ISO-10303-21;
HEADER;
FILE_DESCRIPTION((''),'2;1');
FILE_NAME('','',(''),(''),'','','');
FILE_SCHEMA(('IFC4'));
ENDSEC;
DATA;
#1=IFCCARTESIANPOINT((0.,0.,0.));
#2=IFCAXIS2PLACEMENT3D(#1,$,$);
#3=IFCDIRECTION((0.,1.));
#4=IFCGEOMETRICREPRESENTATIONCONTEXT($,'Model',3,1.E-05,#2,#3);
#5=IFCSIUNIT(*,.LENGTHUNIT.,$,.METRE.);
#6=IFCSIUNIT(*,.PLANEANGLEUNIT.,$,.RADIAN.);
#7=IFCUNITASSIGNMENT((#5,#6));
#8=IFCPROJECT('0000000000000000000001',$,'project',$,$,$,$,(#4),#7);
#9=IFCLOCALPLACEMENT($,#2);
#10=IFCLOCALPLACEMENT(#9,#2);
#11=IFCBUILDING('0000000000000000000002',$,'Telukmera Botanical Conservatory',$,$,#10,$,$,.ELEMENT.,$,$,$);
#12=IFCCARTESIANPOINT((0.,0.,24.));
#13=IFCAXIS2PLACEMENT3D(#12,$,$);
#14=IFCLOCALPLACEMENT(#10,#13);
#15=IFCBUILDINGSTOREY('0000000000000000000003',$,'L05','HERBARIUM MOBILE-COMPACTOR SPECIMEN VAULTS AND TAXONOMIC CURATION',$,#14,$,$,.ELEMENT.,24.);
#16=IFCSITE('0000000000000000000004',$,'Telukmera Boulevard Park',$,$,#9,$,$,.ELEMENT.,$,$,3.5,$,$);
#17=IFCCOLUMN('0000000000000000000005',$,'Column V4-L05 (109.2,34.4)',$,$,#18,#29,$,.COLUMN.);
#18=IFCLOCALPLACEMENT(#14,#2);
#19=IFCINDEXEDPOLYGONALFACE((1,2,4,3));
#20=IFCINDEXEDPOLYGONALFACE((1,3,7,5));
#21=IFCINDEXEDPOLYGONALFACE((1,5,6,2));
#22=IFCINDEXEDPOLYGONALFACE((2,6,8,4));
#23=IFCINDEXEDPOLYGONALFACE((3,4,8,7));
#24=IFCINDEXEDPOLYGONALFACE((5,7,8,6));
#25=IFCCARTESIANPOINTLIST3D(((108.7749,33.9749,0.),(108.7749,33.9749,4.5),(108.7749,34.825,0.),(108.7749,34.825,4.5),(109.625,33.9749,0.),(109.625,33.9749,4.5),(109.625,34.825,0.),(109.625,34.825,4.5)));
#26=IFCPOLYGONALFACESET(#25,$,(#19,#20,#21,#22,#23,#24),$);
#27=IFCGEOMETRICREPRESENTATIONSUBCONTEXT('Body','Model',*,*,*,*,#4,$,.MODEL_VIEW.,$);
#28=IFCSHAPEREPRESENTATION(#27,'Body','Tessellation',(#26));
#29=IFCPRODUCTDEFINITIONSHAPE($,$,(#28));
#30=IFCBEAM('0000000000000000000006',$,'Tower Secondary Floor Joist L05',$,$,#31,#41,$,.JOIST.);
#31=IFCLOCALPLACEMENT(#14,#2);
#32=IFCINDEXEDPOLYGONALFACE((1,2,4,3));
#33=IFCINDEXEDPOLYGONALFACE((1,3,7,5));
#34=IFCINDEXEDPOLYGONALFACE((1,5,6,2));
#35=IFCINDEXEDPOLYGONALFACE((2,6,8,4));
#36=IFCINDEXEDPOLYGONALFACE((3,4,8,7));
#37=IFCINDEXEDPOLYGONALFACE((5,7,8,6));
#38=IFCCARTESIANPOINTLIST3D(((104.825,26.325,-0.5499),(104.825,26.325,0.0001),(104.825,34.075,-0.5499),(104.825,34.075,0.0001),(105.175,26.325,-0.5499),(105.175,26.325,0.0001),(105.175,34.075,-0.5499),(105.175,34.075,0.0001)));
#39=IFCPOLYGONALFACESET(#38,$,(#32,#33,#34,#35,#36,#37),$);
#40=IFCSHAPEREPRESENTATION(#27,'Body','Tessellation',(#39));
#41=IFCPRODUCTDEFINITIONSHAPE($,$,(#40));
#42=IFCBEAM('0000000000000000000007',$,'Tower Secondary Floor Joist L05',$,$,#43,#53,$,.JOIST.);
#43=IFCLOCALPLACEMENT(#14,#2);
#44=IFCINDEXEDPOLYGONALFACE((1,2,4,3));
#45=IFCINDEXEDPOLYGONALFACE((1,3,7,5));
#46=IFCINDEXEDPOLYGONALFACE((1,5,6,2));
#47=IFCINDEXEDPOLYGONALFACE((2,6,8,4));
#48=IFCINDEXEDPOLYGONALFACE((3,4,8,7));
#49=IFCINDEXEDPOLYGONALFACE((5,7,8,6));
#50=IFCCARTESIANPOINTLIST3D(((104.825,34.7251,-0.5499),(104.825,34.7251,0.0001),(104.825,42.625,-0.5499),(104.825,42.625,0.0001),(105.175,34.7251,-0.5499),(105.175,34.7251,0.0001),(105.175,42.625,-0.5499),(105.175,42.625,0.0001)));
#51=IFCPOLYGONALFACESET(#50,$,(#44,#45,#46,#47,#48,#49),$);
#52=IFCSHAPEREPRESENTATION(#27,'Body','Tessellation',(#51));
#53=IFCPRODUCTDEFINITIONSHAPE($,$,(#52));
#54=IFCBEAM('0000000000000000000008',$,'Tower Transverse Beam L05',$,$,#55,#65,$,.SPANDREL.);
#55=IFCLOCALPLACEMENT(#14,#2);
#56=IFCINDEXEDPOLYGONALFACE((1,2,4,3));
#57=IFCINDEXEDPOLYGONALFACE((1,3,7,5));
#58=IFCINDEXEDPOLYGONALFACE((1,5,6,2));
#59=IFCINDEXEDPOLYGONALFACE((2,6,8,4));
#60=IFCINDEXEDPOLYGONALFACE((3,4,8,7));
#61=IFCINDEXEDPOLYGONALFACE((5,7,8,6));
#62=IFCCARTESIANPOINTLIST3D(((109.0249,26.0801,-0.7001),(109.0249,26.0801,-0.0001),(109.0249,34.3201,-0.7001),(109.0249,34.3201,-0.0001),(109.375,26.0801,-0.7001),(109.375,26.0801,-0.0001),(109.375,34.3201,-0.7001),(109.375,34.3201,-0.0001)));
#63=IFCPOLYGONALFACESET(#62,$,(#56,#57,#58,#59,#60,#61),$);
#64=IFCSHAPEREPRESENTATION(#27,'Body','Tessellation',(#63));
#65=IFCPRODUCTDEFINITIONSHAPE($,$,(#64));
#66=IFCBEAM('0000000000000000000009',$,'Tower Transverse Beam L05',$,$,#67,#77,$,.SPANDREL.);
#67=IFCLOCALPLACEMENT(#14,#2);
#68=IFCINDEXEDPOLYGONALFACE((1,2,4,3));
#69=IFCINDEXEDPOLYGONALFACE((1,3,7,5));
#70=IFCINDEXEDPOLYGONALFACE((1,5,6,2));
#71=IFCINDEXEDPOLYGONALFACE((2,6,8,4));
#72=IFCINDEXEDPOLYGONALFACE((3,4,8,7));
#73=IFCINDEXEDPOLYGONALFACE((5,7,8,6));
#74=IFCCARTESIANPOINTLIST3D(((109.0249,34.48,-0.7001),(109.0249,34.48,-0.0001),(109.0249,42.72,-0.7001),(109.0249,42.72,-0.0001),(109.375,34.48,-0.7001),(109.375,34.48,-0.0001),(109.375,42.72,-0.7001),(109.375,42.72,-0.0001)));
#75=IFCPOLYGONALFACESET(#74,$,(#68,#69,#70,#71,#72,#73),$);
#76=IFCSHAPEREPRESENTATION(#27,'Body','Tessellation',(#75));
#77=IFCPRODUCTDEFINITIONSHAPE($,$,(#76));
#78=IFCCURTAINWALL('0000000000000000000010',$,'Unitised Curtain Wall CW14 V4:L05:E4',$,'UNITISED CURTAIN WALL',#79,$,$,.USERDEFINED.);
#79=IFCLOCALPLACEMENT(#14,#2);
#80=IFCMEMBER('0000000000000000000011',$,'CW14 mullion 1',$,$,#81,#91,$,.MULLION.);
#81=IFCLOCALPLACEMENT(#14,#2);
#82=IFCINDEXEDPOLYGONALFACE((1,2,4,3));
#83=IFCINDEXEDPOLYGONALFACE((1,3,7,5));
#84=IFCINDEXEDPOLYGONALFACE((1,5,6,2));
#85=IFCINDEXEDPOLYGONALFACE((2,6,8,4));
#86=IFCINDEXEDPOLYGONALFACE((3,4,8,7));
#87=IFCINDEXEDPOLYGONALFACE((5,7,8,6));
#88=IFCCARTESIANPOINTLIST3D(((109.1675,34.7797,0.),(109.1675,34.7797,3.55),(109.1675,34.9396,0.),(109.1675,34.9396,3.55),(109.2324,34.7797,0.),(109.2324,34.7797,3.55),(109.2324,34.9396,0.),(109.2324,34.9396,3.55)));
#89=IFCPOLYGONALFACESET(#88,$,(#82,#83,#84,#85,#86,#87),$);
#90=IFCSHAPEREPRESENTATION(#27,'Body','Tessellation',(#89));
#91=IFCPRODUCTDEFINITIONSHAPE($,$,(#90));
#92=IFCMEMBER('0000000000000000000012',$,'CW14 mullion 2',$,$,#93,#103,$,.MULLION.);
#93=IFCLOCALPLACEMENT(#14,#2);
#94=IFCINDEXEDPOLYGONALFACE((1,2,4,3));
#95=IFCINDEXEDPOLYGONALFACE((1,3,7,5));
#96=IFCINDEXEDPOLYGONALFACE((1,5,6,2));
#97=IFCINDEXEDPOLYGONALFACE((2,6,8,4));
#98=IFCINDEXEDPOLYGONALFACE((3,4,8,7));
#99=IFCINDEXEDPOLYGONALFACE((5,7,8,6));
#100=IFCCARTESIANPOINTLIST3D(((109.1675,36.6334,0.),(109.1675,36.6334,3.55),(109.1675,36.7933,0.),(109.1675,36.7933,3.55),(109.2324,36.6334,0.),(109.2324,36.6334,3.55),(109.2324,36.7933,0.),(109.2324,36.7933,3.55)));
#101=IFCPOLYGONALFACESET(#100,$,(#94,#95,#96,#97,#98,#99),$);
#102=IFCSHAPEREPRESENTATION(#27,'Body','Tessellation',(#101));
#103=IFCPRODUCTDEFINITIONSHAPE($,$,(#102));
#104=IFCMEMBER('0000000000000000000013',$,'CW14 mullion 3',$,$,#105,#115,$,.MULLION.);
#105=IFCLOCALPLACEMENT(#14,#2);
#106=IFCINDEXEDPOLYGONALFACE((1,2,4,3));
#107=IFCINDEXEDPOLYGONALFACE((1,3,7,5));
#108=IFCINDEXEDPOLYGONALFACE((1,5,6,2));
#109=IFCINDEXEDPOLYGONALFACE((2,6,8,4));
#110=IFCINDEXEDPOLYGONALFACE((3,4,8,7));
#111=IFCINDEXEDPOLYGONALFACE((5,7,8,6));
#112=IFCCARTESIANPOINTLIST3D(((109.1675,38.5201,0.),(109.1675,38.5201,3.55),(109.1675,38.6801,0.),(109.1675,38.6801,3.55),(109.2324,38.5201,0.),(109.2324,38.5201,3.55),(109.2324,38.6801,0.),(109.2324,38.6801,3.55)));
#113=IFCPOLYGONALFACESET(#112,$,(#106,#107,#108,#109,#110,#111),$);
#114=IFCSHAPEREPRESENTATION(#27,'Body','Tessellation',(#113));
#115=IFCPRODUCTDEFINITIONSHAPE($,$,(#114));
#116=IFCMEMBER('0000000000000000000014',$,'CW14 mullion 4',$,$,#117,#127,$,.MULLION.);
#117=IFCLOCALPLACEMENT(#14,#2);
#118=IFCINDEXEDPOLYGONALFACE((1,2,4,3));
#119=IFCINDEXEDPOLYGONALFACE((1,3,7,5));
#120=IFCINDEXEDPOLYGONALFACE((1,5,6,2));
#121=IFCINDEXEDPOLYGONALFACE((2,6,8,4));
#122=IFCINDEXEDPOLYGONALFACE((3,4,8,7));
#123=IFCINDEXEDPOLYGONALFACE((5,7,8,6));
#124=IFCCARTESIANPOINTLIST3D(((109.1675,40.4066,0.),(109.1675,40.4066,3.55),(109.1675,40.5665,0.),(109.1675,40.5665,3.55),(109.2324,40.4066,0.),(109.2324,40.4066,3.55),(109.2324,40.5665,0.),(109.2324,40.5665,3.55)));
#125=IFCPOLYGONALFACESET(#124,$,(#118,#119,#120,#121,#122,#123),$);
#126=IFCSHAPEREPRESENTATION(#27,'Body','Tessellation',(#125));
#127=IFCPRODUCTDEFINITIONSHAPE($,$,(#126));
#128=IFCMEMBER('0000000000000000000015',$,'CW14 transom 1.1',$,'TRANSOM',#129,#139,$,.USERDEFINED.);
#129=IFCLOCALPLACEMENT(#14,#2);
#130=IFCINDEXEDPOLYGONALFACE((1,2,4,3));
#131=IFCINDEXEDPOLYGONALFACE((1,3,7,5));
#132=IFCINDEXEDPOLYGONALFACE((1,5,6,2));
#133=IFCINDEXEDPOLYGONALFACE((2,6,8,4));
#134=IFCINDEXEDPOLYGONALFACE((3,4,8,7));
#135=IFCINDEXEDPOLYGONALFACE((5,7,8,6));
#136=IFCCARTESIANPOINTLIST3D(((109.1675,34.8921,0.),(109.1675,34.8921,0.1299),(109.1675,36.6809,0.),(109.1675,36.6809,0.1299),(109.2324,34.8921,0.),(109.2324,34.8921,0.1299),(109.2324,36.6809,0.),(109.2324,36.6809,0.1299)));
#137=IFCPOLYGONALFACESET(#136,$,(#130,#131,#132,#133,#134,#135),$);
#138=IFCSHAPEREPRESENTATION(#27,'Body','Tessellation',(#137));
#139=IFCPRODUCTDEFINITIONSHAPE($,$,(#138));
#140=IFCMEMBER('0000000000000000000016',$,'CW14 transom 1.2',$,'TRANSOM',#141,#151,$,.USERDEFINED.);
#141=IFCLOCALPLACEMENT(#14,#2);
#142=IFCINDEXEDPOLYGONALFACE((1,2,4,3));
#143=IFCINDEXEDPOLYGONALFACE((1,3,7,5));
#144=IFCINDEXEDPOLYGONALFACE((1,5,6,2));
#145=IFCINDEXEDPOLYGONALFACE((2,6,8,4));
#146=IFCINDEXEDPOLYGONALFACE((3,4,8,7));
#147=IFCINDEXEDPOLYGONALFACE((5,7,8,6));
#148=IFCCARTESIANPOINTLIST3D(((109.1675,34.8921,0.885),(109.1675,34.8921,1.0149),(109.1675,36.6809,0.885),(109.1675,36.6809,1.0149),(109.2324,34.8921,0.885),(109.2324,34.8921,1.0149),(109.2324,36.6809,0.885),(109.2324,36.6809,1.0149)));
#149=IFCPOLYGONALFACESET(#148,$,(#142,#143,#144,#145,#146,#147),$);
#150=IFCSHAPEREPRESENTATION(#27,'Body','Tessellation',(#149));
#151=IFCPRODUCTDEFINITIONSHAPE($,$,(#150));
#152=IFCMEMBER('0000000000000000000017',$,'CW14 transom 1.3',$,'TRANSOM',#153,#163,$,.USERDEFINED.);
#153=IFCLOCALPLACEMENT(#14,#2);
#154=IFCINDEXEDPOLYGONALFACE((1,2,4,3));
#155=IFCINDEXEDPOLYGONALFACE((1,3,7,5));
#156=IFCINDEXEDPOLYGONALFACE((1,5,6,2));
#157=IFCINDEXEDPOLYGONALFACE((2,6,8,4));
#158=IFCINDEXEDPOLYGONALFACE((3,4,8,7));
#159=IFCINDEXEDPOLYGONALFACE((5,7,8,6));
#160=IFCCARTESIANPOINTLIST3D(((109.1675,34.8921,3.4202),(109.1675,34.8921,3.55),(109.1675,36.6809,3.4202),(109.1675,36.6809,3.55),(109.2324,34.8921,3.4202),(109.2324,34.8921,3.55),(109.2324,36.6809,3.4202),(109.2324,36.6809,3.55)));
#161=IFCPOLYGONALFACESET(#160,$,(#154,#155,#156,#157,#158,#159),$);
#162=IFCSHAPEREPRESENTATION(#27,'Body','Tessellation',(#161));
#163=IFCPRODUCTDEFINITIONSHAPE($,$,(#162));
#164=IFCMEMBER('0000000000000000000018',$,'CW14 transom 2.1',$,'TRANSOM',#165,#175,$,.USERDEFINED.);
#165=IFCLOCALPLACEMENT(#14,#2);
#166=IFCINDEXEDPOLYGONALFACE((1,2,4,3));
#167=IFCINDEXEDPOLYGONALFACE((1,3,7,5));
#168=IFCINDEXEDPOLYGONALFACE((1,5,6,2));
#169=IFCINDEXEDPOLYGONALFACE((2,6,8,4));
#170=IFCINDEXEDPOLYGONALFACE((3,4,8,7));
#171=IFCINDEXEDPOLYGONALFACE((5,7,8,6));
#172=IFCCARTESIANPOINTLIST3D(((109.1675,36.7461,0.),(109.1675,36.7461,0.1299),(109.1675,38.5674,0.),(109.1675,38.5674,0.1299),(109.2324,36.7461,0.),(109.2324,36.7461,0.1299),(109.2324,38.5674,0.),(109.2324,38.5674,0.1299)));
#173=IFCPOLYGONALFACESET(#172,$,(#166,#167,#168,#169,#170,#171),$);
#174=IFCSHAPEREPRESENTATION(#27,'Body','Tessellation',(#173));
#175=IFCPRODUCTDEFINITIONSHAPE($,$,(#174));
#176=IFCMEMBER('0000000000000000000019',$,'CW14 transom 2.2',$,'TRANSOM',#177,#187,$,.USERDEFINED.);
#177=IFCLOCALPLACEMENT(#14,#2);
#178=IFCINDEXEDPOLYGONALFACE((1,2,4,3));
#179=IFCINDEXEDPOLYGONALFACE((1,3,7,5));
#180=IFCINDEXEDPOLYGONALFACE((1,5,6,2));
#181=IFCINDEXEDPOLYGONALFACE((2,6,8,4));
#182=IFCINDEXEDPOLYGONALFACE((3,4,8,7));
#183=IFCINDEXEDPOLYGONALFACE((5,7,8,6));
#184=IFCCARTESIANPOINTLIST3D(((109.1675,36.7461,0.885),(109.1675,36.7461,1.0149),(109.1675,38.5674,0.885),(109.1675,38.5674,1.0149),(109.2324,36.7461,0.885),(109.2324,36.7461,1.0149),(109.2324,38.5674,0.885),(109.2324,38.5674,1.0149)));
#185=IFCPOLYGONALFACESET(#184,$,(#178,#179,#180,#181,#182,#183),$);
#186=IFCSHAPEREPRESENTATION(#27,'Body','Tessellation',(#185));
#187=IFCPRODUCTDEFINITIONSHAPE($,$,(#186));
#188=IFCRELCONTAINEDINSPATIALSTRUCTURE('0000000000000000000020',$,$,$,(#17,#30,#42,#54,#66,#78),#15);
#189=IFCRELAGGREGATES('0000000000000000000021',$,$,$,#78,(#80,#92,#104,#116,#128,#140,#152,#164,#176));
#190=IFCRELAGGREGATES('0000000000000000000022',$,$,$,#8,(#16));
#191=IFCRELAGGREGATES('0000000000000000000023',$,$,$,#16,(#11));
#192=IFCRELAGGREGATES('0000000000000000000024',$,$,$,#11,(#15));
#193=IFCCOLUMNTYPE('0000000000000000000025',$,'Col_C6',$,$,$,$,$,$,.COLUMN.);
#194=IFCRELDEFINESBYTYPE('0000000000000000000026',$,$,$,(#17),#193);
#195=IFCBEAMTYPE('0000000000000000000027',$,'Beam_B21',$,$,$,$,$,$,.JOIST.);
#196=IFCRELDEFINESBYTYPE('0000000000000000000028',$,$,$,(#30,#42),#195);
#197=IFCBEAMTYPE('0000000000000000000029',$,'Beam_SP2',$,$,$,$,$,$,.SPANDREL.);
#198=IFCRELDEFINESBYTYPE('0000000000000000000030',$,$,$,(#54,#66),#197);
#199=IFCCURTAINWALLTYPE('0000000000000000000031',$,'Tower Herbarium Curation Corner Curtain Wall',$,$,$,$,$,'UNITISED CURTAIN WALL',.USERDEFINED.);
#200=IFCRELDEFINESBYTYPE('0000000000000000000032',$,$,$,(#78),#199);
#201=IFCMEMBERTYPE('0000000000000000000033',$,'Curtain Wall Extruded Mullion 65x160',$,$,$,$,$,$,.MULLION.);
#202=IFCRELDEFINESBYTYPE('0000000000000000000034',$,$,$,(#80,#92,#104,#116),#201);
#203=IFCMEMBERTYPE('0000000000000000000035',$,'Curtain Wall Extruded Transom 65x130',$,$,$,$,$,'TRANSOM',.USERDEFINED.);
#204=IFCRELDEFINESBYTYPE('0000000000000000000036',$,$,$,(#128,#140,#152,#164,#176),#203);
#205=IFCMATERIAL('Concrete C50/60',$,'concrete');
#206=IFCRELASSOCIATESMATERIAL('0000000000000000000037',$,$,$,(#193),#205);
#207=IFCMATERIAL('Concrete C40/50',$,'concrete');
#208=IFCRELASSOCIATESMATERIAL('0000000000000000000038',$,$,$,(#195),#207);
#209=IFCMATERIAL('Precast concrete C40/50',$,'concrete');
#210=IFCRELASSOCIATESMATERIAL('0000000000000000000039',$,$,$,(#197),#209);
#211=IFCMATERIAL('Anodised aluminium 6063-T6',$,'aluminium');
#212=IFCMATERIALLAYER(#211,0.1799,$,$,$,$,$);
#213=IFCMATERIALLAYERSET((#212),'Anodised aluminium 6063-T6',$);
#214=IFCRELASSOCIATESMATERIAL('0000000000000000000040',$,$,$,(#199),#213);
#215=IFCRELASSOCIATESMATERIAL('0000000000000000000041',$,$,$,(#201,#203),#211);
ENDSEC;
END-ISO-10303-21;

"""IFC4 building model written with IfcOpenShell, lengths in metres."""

from ifc_helpers import new_model, si_unit, direction, frame, origin, origin_2d, place, context, subcontext, project, spatial, rectangle, extrude, material, layer, layer_set, material_profile, profile_set, type_object, element, aggregate, save


model = new_model("IFC4")

# Units and contexts
model_context = context("Model", 3, precision=1e-05, world=origin(), true_north=direction((0.0, 1.0)))
body_context = subcontext(model_context, "Body", "Model", "MODEL_VIEW")
ifc_project = project(units=[si_unit("LENGTHUNIT", "METRE"), si_unit("PLANEANGLEUNIT", "RADIAN")], contexts=[model_context])

# Site, building, storey
site_placement = place(None, origin())
site = spatial("IfcSite", under=ifc_project, at=site_placement, Name="Telukmera Boulevard Park", CompositionType="ELEMENT", RefElevation=3.5)
building_placement = place(site_placement, origin())
building = spatial("IfcBuilding", under=site, at=building_placement, Name="Telukmera Botanical Conservatory", CompositionType="ELEMENT")
storey_placement = place(building_placement, frame((0.0, 0.0, 24.0)))
storey = spatial("IfcBuildingStorey", under=building, at=storey_placement, Name="L05", Description="HERBARIUM MOBILE-COMPACTOR SPECIMEN VAULTS AND TAXONOMIC CURATION", CompositionType="ELEMENT", Elevation=24.0)

# Column
ifc_material_1 = material(Name="Concrete C50/60", Category="concrete")
ifc_material_profile_1 = material_profile(ifc_material_1, rectangle(XDim=0.8501, YDim=0.8501, at=origin_2d()), Name="RC 850x850")
ifc_profile_set_1 = profile_set([ifc_material_profile_1], Name="Concrete C50/60")
column_type = type_object("IfcColumnType", Name="Col_C6", PredefinedType="COLUMN", material=ifc_profile_set_1)
column_placement = place(storey_placement, frame((109.2, 34.3999, 0.0), z_axis=(0.0, 0.0, 1.0), x_axis=(1.0, 0.0, 0.0)))
element("IfcColumn", 1, at=column_placement, inside=storey, type_object=column_type, Name="Column V4-L05 (109.2,34.4)", PredefinedType="COLUMN", context=body_context, shape_type="SweptSolid", body=[
    extrude(rectangle(XDim=0.8501, YDim=0.8501, at=origin_2d()), origin(), (0.0, 0.0, 1.0), 4.5),
])

# Beams
ifc_material_2 = material(Name="Concrete C40/50", Category="concrete")
ifc_material_profile_2 = material_profile(ifc_material_2, rectangle(XDim=0.3501, YDim=0.55, at=origin_2d()), Name="RC 350x550")
ifc_profile_set_2 = profile_set([ifc_material_profile_2], Name="Concrete C40/50")
beam_type_1 = type_object("IfcBeamType", Name="Beam_B21", PredefinedType="JOIST", material=ifc_profile_set_2)
beam_1_placement = place(storey_placement, frame((105.0, 26.325, -0.2749), z_axis=(0.0, 1.0, 0.0), x_axis=(-1.0, 0.0, 0.0)))
element("IfcBeam", 2, at=beam_1_placement, inside=storey, type_object=beam_type_1, Name="Tower Secondary Floor Joist L05", PredefinedType="JOIST", context=body_context, shape_type="SweptSolid", body=[
    extrude(rectangle(XDim=0.3501, YDim=0.55, at=origin_2d()), origin(), (0.0, 0.0, 1.0), 7.75),
])
beam_2_placement = place(storey_placement, frame((105.0, 34.7251, -0.2749), z_axis=(0.0, 1.0, 0.0), x_axis=(-1.0, 0.0, 0.0)))
element("IfcBeam", 3, at=beam_2_placement, inside=storey, type_object=beam_type_1, Name="Tower Secondary Floor Joist L05", PredefinedType="JOIST", context=body_context, shape_type="SweptSolid", body=[
    extrude(rectangle(XDim=0.3501, YDim=0.55, at=origin_2d()), origin(), (0.0, 0.0, 1.0), 7.8999),
])
ifc_material_3 = material(Name="Precast concrete C40/50", Category="concrete")
ifc_material_profile_3 = material_profile(ifc_material_3, rectangle(XDim=0.3501, YDim=0.7, at=origin_2d()), Name="PC 350x700")
ifc_profile_set_3 = profile_set([ifc_material_profile_3], Name="Precast concrete C40/50")
beam_type_2 = type_object("IfcBeamType", Name="Beam_SP2", PredefinedType="SPANDREL", material=ifc_profile_set_3)
for number, where, z_axis, x_axis, name in (
    (4, (109.2, 26.0801, -0.3501), (0.0, 1.0, 0.0), (-1.0, 0.0, 0.0), "Tower Transverse Beam L05"),
    (5, (109.2, 34.48, -0.3501), (0.0, 1.0, 0.0), (-1.0, 0.0, 0.0), "Tower Transverse Beam L05"),
):
    element("IfcBeam", number, at=place(storey_placement, frame(where, z_axis=z_axis, x_axis=x_axis)), inside=storey, type_object=beam_type_2, Name=name, PredefinedType="SPANDREL", context=body_context, shape_type="SweptSolid", body=[
        extrude(rectangle(XDim=0.3501, YDim=0.7, at=origin_2d()), origin(), (0.0, 0.0, 1.0), 8.24),
    ])

# Curtain wall, members
ifc_material_4 = material(Name="Anodised aluminium 6063-T6", Category="aluminium")
ifc_layer_1 = layer(ifc_material_4, 0.1799)
ifc_layer_set_1 = layer_set([ifc_layer_1], Name="Anodised aluminium 6063-T6")
curtain_wall_type = type_object("IfcCurtainWallType", Name="Tower Herbarium Curation Corner Curtain Wall", ElementType="UNITISED CURTAIN WALL", PredefinedType="USERDEFINED", material=ifc_layer_set_1)
curtain_wall_placement = place(storey_placement, origin())
curtain_wall = element("IfcCurtainWall", 6, at=curtain_wall_placement, inside=storey, type_object=curtain_wall_type, Name="Unitised Curtain Wall CW14 V4:L05:E4", ObjectType="UNITISED CURTAIN WALL", PredefinedType="USERDEFINED")
ifc_material_profile_4 = material_profile(ifc_material_4, rectangle(XDim=0.0649, YDim=0.1599, at=origin_2d()), Name="ALU MULL 65x160")
ifc_profile_set_4 = profile_set([ifc_material_profile_4], Name="Anodised aluminium 6063-T6")
member_type_1 = type_object("IfcMemberType", Name="Curtain Wall Extruded Mullion 65x160", PredefinedType="MULLION", material=ifc_profile_set_4)
member_1_placement = place(storey_placement, frame((109.2, 34.8596, 0.0), z_axis=(0.0, 0.0, 1.0), x_axis=(-1.0, 0.0, 0.0)))
member_1 = element("IfcMember", 7, at=member_1_placement, type_object=member_type_1, Name="CW14 mullion 1", PredefinedType="MULLION", context=body_context, shape_type="SweptSolid", body=[
    extrude(rectangle(XDim=0.0649, YDim=0.1599, at=origin_2d()), origin(), (0.0, 0.0, 1.0), 3.55),
])
member_2_placement = place(storey_placement, frame((109.2, 36.7134, 0.0), z_axis=(0.0, 0.0, 1.0), x_axis=(-1.0, 0.0, 0.0)))
member_2 = element("IfcMember", 8, at=member_2_placement, type_object=member_type_1, Name="CW14 mullion 2", PredefinedType="MULLION", context=body_context, shape_type="SweptSolid", body=[
    extrude(rectangle(XDim=0.0649, YDim=0.1599, at=origin_2d()), origin(), (0.0, 0.0, 1.0), 3.55),
])
member_3_placement = place(storey_placement, frame((109.2, 38.6001, 0.0), z_axis=(0.0, 0.0, 1.0), x_axis=(-1.0, 0.0, 0.0)))
member_3 = element("IfcMember", 9, at=member_3_placement, type_object=member_type_1, Name="CW14 mullion 3", PredefinedType="MULLION", context=body_context, shape_type="SweptSolid", body=[
    extrude(rectangle(XDim=0.0649, YDim=0.1599, at=origin_2d()), origin(), (0.0, 0.0, 1.0), 3.55),
])
member_4_placement = place(storey_placement, frame((109.2, 40.4866, 0.0), z_axis=(0.0, 0.0, 1.0), x_axis=(-1.0, 0.0, 0.0)))
member_4 = element("IfcMember", 10, at=member_4_placement, type_object=member_type_1, Name="CW14 mullion 4", PredefinedType="MULLION", context=body_context, shape_type="SweptSolid", body=[
    extrude(rectangle(XDim=0.0649, YDim=0.1599, at=origin_2d()), origin(), (0.0, 0.0, 1.0), 3.55),
])
ifc_material_profile_5 = material_profile(ifc_material_4, rectangle(XDim=0.0649, YDim=0.1299, at=origin_2d()), Name="ALU TRAN 65x130")
ifc_profile_set_5 = profile_set([ifc_material_profile_5], Name="Anodised aluminium 6063-T6")
member_type_2 = type_object("IfcMemberType", Name="Curtain Wall Extruded Transom 65x130", ElementType="TRANSOM", PredefinedType="USERDEFINED", material=ifc_profile_set_5)
member_5_placement = place(storey_placement, frame((109.2, 34.8921, 0.0649), z_axis=(0.0, 1.0, 0.0), x_axis=(-1.0, 0.0, 0.0)))
member_5 = element("IfcMember", 11, at=member_5_placement, type_object=member_type_2, Name="CW14 transom 1.1", ObjectType="TRANSOM", PredefinedType="USERDEFINED", context=body_context, shape_type="SweptSolid", body=[
    extrude(rectangle(XDim=0.0649, YDim=0.1299, at=origin_2d()), origin(), (0.0, 0.0, 1.0), 1.7888),
])
member_6_placement = place(storey_placement, frame((109.2, 34.8921, 0.95), z_axis=(0.0, 1.0, 0.0), x_axis=(-1.0, 0.0, 0.0)))
member_6 = element("IfcMember", 12, at=member_6_placement, type_object=member_type_2, Name="CW14 transom 1.2", ObjectType="TRANSOM", PredefinedType="USERDEFINED", context=body_context, shape_type="SweptSolid", body=[
    extrude(rectangle(XDim=0.0649, YDim=0.1299, at=origin_2d()), origin(), (0.0, 0.0, 1.0), 1.7888),
])
member_7_placement = place(storey_placement, frame((109.2, 34.8921, 3.4851), z_axis=(0.0, 1.0, 0.0), x_axis=(-1.0, 0.0, 0.0)))
member_7 = element("IfcMember", 13, at=member_7_placement, type_object=member_type_2, Name="CW14 transom 1.3", ObjectType="TRANSOM", PredefinedType="USERDEFINED", context=body_context, shape_type="SweptSolid", body=[
    extrude(rectangle(XDim=0.0649, YDim=0.1299, at=origin_2d()), origin(), (0.0, 0.0, 1.0), 1.7888),
])
member_8_placement = place(storey_placement, frame((109.2, 36.7461, 0.0649), z_axis=(0.0, 1.0, 0.0), x_axis=(-1.0, 0.0, 0.0)))
member_8 = element("IfcMember", 14, at=member_8_placement, type_object=member_type_2, Name="CW14 transom 2.1", ObjectType="TRANSOM", PredefinedType="USERDEFINED", context=body_context, shape_type="SweptSolid", body=[
    extrude(rectangle(XDim=0.0649, YDim=0.1299, at=origin_2d()), origin(), (0.0, 0.0, 1.0), 1.8213),
])
member_9_placement = place(storey_placement, frame((109.2, 36.7461, 0.95), z_axis=(0.0, 1.0, 0.0), x_axis=(-1.0, 0.0, 0.0)))
member_9 = element("IfcMember", 15, at=member_9_placement, type_object=member_type_2, Name="CW14 transom 2.2", ObjectType="TRANSOM", PredefinedType="USERDEFINED", context=body_context, shape_type="SweptSolid", body=[
    extrude(rectangle(XDim=0.0649, YDim=0.1299, at=origin_2d()), origin(), (0.0, 0.0, 1.0), 1.8213),
])
aggregate(curtain_wall, [member_1, member_2, member_3, member_4, member_5, member_6, member_7, member_8, member_9])

save(model, "model.ifc")
